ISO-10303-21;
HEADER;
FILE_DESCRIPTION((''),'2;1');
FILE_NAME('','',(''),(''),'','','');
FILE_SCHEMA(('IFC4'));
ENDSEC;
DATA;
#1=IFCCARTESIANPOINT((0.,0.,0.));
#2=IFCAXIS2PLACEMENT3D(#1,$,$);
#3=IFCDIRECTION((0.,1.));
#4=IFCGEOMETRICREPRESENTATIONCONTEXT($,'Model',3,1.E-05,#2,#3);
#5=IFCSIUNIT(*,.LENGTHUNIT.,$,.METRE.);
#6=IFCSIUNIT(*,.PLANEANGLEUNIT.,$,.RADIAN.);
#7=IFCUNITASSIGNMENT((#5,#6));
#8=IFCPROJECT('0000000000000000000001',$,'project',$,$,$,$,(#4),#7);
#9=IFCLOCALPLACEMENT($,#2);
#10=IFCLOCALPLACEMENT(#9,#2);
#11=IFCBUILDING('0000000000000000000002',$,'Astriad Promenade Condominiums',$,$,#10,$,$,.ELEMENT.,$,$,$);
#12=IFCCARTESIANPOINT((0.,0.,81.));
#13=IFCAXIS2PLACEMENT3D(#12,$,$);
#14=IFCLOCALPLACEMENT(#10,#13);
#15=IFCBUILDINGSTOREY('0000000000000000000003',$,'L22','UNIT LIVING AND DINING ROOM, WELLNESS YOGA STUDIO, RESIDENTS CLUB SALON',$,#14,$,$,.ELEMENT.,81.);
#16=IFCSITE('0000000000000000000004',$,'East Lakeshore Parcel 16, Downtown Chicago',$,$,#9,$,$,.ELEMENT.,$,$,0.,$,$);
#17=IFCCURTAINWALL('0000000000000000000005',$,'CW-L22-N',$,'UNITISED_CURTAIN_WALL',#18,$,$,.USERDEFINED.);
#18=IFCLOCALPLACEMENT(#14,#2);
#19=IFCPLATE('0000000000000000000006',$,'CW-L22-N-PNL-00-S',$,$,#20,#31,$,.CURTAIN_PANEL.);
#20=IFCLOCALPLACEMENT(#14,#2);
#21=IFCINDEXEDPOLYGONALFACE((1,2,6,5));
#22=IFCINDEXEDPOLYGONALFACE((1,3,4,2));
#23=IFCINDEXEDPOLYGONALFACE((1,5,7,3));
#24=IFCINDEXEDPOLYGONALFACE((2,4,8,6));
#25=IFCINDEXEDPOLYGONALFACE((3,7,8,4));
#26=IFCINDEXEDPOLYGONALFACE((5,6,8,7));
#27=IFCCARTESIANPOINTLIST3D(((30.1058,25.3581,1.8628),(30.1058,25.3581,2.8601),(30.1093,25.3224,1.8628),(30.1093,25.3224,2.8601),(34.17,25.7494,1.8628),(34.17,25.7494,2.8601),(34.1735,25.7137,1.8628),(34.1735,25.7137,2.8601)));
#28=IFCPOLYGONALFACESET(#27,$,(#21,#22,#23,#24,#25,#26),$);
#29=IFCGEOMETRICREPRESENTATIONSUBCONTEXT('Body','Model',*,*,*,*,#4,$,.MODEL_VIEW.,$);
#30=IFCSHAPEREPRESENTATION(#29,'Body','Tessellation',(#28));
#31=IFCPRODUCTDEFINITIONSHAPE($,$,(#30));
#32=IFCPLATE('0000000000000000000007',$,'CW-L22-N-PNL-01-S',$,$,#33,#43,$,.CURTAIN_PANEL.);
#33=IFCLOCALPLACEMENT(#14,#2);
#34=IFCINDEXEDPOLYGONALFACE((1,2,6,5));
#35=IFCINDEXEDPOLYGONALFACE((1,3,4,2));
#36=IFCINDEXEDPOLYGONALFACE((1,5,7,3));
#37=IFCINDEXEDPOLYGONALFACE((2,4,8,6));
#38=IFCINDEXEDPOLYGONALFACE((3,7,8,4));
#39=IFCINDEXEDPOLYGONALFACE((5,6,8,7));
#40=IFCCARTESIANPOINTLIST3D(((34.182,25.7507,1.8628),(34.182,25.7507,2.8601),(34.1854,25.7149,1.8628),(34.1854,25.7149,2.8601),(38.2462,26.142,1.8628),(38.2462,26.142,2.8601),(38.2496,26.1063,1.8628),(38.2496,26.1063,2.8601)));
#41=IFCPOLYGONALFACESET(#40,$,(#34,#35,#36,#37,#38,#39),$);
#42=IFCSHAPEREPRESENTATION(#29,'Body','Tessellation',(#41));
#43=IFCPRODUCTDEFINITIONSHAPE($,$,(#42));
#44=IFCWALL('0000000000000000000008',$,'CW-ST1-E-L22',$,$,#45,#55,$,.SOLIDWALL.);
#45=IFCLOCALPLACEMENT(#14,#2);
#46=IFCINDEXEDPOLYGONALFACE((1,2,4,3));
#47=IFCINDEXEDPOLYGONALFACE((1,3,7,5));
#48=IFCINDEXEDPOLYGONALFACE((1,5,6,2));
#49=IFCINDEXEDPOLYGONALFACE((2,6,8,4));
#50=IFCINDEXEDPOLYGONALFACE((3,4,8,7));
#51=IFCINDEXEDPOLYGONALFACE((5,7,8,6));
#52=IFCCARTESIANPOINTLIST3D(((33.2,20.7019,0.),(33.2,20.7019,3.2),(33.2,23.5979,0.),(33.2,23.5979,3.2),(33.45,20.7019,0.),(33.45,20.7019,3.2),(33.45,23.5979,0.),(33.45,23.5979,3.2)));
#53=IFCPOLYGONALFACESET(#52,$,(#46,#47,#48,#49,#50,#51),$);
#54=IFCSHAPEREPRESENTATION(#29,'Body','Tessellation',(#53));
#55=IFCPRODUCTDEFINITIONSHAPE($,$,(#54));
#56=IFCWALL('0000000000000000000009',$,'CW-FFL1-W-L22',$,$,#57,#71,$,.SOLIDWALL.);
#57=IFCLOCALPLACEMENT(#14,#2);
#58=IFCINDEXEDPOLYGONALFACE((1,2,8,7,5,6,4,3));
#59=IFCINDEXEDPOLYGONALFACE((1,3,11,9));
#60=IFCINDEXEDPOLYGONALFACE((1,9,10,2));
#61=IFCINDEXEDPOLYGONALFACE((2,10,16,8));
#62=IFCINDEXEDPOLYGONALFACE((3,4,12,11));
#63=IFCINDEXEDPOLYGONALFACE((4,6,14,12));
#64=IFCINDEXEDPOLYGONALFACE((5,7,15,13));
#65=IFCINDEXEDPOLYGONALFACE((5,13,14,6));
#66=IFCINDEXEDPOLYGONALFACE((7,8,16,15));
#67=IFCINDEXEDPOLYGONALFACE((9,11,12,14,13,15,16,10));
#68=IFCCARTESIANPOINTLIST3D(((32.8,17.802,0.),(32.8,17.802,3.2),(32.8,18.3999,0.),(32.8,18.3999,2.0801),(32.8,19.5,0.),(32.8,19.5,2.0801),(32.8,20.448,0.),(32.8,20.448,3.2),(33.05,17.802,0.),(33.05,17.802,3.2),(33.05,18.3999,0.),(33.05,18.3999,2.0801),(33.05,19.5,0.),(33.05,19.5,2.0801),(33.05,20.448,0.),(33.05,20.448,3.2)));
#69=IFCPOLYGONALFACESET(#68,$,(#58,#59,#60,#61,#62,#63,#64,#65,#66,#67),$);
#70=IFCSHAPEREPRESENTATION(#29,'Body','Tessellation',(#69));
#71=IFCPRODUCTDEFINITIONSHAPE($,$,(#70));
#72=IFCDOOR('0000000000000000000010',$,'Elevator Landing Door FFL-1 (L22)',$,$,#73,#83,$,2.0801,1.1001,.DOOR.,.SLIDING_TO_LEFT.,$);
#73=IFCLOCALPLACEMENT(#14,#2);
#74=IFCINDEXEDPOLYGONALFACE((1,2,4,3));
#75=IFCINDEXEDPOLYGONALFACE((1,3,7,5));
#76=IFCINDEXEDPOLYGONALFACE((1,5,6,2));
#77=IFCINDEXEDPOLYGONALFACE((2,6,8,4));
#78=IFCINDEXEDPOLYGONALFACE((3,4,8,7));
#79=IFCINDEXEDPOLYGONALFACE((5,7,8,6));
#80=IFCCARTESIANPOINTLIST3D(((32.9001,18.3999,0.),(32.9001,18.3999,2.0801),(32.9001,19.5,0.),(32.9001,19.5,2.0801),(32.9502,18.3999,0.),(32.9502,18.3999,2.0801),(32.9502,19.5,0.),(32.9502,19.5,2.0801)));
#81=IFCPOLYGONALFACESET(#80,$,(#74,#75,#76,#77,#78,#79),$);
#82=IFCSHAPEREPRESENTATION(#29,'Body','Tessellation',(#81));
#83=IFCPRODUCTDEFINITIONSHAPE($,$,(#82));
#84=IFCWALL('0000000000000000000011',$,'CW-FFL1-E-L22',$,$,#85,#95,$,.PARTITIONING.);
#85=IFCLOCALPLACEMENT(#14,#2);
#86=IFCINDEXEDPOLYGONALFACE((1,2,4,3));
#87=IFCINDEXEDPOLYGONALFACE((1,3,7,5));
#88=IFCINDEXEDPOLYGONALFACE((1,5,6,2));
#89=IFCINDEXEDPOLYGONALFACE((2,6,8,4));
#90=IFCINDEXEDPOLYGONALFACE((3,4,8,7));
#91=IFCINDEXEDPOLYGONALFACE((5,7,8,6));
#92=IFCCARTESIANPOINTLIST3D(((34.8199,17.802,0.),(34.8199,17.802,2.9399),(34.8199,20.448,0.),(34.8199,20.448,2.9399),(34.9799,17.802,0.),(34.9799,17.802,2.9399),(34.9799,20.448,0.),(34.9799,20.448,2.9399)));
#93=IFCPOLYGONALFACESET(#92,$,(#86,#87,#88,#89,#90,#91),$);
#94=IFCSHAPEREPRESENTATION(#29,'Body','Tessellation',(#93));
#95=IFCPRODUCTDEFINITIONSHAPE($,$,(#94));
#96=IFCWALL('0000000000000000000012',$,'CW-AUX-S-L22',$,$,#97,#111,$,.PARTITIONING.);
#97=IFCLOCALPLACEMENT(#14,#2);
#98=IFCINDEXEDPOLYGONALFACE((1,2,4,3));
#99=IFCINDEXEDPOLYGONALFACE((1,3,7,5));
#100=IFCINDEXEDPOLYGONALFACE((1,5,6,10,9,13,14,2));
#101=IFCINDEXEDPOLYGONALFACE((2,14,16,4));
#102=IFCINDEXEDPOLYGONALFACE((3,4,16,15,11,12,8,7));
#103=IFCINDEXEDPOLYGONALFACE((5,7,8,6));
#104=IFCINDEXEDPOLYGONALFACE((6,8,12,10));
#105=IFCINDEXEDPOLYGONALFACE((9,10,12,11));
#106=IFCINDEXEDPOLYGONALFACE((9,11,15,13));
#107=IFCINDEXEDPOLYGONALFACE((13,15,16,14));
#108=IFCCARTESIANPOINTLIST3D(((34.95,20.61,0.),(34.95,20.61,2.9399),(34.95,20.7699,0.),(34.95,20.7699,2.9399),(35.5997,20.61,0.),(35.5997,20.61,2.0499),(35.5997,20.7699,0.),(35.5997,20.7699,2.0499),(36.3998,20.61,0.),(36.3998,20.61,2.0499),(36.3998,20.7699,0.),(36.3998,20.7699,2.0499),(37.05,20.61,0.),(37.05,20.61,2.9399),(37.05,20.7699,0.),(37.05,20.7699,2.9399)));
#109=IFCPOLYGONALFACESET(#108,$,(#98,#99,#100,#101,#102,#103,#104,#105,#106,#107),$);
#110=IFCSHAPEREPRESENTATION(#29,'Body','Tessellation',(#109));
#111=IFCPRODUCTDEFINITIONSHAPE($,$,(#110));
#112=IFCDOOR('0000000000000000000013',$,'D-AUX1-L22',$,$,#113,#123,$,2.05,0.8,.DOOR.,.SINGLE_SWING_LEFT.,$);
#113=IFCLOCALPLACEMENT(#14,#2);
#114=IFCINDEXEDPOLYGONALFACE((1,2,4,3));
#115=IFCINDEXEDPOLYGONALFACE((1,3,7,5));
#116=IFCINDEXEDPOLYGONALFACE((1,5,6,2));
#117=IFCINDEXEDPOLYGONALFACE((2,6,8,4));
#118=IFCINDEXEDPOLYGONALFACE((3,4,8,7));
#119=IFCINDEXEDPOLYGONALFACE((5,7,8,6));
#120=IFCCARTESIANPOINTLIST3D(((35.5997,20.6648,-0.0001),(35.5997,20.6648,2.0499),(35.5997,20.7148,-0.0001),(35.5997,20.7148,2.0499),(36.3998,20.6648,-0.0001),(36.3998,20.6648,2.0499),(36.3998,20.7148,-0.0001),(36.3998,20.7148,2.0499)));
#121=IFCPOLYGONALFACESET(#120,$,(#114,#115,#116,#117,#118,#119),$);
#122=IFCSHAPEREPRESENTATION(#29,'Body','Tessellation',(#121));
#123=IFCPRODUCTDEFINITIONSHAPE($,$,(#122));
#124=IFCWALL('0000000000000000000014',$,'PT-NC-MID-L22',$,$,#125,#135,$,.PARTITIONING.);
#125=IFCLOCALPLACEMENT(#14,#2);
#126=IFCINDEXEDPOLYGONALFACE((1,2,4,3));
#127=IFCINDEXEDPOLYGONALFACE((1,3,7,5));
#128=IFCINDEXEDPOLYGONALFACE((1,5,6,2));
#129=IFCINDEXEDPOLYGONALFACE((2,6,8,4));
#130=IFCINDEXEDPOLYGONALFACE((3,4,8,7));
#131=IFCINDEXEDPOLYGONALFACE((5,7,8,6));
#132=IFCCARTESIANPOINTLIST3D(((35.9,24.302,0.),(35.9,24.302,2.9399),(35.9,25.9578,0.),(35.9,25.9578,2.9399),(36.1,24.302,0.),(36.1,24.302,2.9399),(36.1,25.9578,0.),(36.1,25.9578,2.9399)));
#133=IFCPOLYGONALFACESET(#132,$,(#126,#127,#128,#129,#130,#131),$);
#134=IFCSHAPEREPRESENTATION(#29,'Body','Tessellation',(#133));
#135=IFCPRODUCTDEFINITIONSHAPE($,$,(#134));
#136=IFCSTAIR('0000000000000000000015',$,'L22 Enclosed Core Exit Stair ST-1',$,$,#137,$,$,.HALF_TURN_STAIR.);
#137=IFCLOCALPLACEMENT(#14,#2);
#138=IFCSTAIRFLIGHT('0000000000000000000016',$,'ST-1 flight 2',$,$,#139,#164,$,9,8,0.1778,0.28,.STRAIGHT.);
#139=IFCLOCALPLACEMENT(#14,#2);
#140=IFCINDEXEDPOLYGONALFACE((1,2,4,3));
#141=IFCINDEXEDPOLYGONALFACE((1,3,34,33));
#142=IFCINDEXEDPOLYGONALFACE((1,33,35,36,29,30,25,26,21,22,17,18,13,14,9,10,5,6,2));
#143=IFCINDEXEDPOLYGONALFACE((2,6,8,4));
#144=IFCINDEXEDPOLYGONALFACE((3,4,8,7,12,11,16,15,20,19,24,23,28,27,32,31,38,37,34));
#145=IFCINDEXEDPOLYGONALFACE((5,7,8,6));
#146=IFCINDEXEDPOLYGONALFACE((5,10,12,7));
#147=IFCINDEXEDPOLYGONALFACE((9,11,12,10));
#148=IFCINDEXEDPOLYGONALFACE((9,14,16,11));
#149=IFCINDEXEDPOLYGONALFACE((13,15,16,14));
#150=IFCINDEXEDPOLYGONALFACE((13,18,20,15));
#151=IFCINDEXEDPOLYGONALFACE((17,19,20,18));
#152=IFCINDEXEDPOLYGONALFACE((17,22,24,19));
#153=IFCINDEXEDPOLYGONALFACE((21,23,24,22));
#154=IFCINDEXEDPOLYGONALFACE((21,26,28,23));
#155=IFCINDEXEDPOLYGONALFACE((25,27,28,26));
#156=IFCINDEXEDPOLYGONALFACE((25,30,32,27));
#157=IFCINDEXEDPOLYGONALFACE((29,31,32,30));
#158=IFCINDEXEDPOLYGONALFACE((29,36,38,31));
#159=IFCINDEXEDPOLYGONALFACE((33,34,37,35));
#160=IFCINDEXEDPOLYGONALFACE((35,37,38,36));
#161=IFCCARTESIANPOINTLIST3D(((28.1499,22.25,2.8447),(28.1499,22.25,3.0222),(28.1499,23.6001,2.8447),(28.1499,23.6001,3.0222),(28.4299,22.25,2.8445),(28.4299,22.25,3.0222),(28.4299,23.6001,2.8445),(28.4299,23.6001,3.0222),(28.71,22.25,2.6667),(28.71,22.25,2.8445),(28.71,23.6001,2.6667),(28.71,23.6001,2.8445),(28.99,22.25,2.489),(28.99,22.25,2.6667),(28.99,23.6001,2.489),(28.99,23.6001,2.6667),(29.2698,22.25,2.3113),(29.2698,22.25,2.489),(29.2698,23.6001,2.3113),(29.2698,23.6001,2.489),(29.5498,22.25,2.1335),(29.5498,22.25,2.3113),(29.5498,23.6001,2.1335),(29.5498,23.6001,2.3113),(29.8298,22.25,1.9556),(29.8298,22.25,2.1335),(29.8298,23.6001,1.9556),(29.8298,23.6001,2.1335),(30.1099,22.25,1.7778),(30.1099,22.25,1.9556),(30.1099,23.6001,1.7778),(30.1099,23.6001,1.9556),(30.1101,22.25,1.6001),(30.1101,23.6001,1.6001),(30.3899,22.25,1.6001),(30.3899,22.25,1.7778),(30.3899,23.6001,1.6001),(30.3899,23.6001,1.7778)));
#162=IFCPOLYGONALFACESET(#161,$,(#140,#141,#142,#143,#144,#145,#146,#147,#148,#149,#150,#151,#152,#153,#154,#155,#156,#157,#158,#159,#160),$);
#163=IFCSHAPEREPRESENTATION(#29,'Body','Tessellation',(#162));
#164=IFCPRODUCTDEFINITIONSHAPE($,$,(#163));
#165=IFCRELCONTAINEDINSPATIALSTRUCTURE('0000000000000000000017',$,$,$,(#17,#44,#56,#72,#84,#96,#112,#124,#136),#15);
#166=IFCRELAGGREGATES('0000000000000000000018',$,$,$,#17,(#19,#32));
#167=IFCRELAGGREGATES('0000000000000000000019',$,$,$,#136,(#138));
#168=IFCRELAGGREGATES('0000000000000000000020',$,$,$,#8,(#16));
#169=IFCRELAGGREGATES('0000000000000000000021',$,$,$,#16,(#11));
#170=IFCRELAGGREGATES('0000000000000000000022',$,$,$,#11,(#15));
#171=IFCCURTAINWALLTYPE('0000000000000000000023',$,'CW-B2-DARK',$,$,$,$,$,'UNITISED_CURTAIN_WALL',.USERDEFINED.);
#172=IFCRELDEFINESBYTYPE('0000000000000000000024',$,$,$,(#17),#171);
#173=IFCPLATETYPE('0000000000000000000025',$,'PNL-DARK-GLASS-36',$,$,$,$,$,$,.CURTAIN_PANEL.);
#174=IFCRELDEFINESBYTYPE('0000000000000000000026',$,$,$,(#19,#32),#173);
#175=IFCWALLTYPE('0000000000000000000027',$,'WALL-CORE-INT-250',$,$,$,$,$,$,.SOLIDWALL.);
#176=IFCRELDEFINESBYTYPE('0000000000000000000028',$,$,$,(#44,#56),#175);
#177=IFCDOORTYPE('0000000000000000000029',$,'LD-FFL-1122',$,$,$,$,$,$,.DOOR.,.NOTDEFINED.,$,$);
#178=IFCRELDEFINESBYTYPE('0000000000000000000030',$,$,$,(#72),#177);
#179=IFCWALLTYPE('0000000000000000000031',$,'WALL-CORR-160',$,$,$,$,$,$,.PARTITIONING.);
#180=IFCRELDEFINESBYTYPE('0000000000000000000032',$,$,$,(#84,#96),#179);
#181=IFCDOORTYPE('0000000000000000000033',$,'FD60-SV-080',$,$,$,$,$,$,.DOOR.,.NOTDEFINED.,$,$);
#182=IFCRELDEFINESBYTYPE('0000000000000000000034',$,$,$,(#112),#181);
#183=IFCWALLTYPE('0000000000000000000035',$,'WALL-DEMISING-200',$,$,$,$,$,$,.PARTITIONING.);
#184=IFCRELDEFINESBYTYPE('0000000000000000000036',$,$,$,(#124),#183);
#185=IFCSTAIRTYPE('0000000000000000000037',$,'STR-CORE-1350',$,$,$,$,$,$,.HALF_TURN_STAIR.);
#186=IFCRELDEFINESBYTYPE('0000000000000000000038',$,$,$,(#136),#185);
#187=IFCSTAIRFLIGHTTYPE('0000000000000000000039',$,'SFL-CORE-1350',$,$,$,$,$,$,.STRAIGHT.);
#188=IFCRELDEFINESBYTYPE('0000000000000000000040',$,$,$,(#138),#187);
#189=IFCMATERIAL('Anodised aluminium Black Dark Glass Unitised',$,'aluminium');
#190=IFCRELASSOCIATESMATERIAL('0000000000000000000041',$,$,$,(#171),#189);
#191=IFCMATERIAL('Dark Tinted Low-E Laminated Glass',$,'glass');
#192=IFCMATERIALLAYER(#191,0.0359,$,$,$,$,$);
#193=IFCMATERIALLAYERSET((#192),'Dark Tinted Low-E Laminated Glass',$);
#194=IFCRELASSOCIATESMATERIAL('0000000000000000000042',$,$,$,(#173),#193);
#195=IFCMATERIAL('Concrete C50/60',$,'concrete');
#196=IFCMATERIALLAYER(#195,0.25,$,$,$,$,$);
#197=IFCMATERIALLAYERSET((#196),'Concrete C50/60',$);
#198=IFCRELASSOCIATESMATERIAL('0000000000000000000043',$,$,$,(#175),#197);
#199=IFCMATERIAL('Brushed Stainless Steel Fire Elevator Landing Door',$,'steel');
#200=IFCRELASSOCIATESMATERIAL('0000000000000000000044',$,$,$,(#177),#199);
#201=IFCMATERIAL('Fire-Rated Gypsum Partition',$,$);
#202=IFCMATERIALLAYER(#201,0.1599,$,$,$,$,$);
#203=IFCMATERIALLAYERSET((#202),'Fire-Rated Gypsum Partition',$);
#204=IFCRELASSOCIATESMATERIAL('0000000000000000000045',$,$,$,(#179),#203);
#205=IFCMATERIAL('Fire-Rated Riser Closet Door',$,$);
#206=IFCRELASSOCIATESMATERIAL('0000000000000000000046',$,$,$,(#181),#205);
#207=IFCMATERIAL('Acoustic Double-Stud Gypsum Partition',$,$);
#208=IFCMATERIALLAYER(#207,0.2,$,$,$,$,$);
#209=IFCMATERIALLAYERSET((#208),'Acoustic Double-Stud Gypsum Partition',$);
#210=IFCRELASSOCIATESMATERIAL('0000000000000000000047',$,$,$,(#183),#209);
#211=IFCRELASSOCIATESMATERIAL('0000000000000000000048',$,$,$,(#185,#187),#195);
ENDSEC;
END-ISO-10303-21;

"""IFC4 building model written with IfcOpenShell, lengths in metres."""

from ifc_helpers import new_model, si_unit, direction, frame, frame_2d, origin, origin_2d, place, context, subcontext, project, spatial, polyline, rectangle, outline, extrude, source, transform, mapped, material, layer, layer_set, type_object, type_shapes, element, fill, aggregate, save


model = new_model("IFC4")

# Units and contexts
model_context = context("Model", 3, precision=1e-05, world=origin(), true_north=direction((0.0, 1.0)))
body_context = subcontext(model_context, "Body", "Model", "MODEL_VIEW")
ifc_project = project(units=[si_unit("LENGTHUNIT", "METRE"), si_unit("PLANEANGLEUNIT", "RADIAN")], contexts=[model_context])

# Site, building, storey
site_placement = place(None, origin())
site = spatial("IfcSite", under=ifc_project, at=site_placement, Name="East Lakeshore Parcel 16, Downtown Chicago", CompositionType="ELEMENT", RefElevation=0.0)
building_placement = place(site_placement, origin())
building = spatial("IfcBuilding", under=site, at=building_placement, Name="Astriad Promenade Condominiums", CompositionType="ELEMENT")
storey_placement = place(building_placement, frame((0.0, 0.0, 81.0)))
storey = spatial("IfcBuildingStorey", under=building, at=storey_placement, Name="L22", Description="UNIT LIVING AND DINING ROOM, WELLNESS YOGA STUDIO, RESIDENTS CLUB SALON", CompositionType="ELEMENT", Elevation=81.0)

# Curtain wall, plates
ifc_material_1 = material(Name="Anodised aluminium Black Dark Glass Unitised", Category="aluminium")
curtain_wall_type = type_object("IfcCurtainWallType", Name="CW-B2-DARK", ElementType="UNITISED_CURTAIN_WALL", PredefinedType="USERDEFINED", material=ifc_material_1)
curtain_wall_placement = place(storey_placement, origin())
curtain_wall = element("IfcCurtainWall", 1, at=curtain_wall_placement, inside=storey, type_object=curtain_wall_type, Name="CW-L22-N", ObjectType="UNITISED_CURTAIN_WALL", PredefinedType="USERDEFINED")
ifc_material_2 = material(Name="Dark Tinted Low-E Laminated Glass", Category="glass")
ifc_layer_1 = layer(ifc_material_2, 0.0359)
ifc_layer_set_1 = layer_set([ifc_layer_1], Name="Dark Tinted Low-E Laminated Glass")
plate_type = type_object("IfcPlateType", Name="PNL-DARK-GLASS-36", PredefinedType="CURTAIN_PANEL", material=ifc_layer_set_1)
shared_shape_1 = source(origin(), body_context, "Body", "SweptSolid", [
    extrude(rectangle(XDim=4.083, YDim=0.0359, at=origin_2d()), origin(), (0.0, 0.0, 1.0), 0.9973),
])
plate_1_placement = place(storey_placement, frame((32.1396, 25.5359, 1.8628), z_axis=(0.0, 0.0, 1.0), x_axis=(0.995396, 0.095846, 0.0)))
plate_1 = element("IfcPlate", 2, at=plate_1_placement, type_object=plate_type, Name="CW-L22-N-PNL-00-S", PredefinedType="CURTAIN_PANEL", context=body_context, shape_type="MappedRepresentation", body=[
    mapped(shared_shape_1, transform((0.0, 0.0, 0.0), scale=1.0)),
])
plate_2_placement = place(storey_placement, frame((36.2158, 25.9285, 1.8628), z_axis=(0.0, 0.0, 1.0), x_axis=(0.995396, 0.095846, 0.0)))
plate_2 = element("IfcPlate", 3, at=plate_2_placement, type_object=plate_type, Name="CW-L22-N-PNL-01-S", PredefinedType="CURTAIN_PANEL", context=body_context, shape_type="MappedRepresentation", body=[
    mapped(shared_shape_1, transform((0.0, 0.0, 0.0), scale=1.0)),
])
aggregate(curtain_wall, [plate_1, plate_2])

# Wall
ifc_material_3 = material(Name="Concrete C50/60", Category="concrete")
ifc_layer_2 = layer(ifc_material_3, 0.25)
ifc_layer_set_2 = layer_set([ifc_layer_2], Name="Concrete C50/60")
wall_type_1 = type_object("IfcWallType", Name="WALL-CORE-INT-250", PredefinedType="SOLIDWALL", material=ifc_layer_set_2)
wall_1_placement = place(storey_placement, frame((33.325, 20.7019, 0.0), z_axis=(0.0, 0.0, 1.0), x_axis=(0.0, 1.0, 0.0)))
element("IfcWall", 4, at=wall_1_placement, inside=storey, type_object=wall_type_1, Name="CW-ST1-E-L22", PredefinedType="SOLIDWALL", context=body_context, shape_type="SweptSolid", body=[
    extrude(rectangle(XDim=2.896, YDim=0.25, at=frame_2d((1.448, 0.0))), origin(), (0.0, 0.0, 1.0), 3.2),
])

# Wall, opening, door
wall_2_placement = place(storey_placement, frame((32.925, 17.802, 0.0), z_axis=(0.0, 0.0, 1.0), x_axis=(0.0, 1.0, 0.0)))
wall_2 = element("IfcWall", 5, at=wall_2_placement, inside=storey, type_object=wall_type_1, Name="CW-FFL1-W-L22", PredefinedType="SOLIDWALL", context=body_context, shape_type="SweptSolid", body=[
    extrude(rectangle(XDim=2.646, YDim=0.25, at=frame_2d((1.323, 0.0))), origin(), (0.0, 0.0, 1.0), 3.2),
])
opening_1_placement = place(wall_2_placement, frame((0.5979, 0.0, 0.0)))
opening_1 = element("IfcOpeningElement", 6, at=opening_1_placement, cuts=wall_2, PredefinedType="OPENING", context=body_context, shape_type="SweptSolid", body=[
    extrude(rectangle(XDim=1.1001, YDim=2.0801, at=frame_2d((0.55, 1.04))), frame((0.0, 0.135, 0.0), z_axis=(0.0, -1.0, 0.0), x_axis=(1.0, 0.0, 0.0)), (0.0, 0.0, 1.0), 0.27),
])
ifc_material_4 = material(Name="Brushed Stainless Steel Fire Elevator Landing Door", Category="steel")
door_type_1 = type_object("IfcDoorType", Name="LD-FFL-1122", OperationType="NOTDEFINED", PredefinedType="DOOR", material=ifc_material_4)
shared_shape_2 = source(origin(), body_context, "Body", "SweptSolid", [
    extrude(rectangle(XDim=1.1001, YDim=2.0801, at=frame_2d((0.55, 1.04))), frame((0.0, 0.0249, 0.0), z_axis=(0.0, -1.0, 0.0), x_axis=(1.0, 0.0, 0.0)), (0.0, 0.0, 1.0), 0.05),
])
type_shapes(door_type_1, [shared_shape_2])
door_1_placement = place(opening_1_placement, origin())
door_1 = element("IfcDoor", 7, at=door_1_placement, inside=storey, type_object=door_type_1, Name="Elevator Landing Door FFL-1 (L22)", OperationType="SLIDING_TO_LEFT", OverallHeight=2.0801, OverallWidth=1.1001, PredefinedType="DOOR", context=body_context, shape_type="MappedRepresentation", body=[
    mapped(shared_shape_2, transform((0.0, 0.0, 0.0), scale=1.0)),
])
fill(opening_1, door_1)

# Wall
ifc_material_5 = material(Name="Fire-Rated Gypsum Partition")
ifc_layer_3 = layer(ifc_material_5, 0.1599)
ifc_layer_set_3 = layer_set([ifc_layer_3], Name="Fire-Rated Gypsum Partition")
wall_type_2 = type_object("IfcWallType", Name="WALL-CORR-160", PredefinedType="PARTITIONING", material=ifc_layer_set_3)
wall_3_placement = place(storey_placement, frame((34.8999, 17.802, 0.0), z_axis=(0.0, 0.0, 1.0), x_axis=(0.0, 1.0, 0.0)))
element("IfcWall", 8, at=wall_3_placement, inside=storey, type_object=wall_type_2, Name="CW-FFL1-E-L22", PredefinedType="PARTITIONING", context=body_context, shape_type="SweptSolid", body=[
    extrude(rectangle(XDim=2.646, YDim=0.1599, at=frame_2d((1.323, 0.0))), origin(), (0.0, 0.0, 1.0), 2.9399),
])

# Wall, opening, door
wall_4_placement = place(storey_placement, frame((34.95, 20.6899, 0.0), z_axis=(0.0, 0.0, 1.0), x_axis=(1.0, 0.0, 0.0)))
wall_4 = element("IfcWall", 9, at=wall_4_placement, inside=storey, type_object=wall_type_2, Name="CW-AUX-S-L22", PredefinedType="PARTITIONING", context=body_context, shape_type="SweptSolid", body=[
    extrude(rectangle(XDim=2.1001, YDim=0.1599, at=frame_2d((1.05, 0.0))), origin(), (0.0, 0.0, 1.0), 2.9399),
])
opening_2_placement = place(wall_4_placement, frame((0.6499, 0.0, 0.0)))
opening_2 = element("IfcOpeningElement", 10, at=opening_2_placement, cuts=wall_4, PredefinedType="OPENING", context=body_context, shape_type="SweptSolid", body=[
    extrude(rectangle(XDim=0.8, YDim=2.05, at=frame_2d((0.3999, 1.0249))), frame((0.0, 0.0898, 0.0), z_axis=(0.0, -1.0, 0.0), x_axis=(1.0, 0.0, 0.0)), (0.0, 0.0, 1.0), 0.1799),
])
ifc_material_6 = material(Name="Fire-Rated Riser Closet Door")
door_type_2 = type_object("IfcDoorType", Name="FD60-SV-080", OperationType="NOTDEFINED", PredefinedType="DOOR", material=ifc_material_6)
shared_shape_3 = source(origin(), body_context, "Body", "SweptSolid", [
    extrude(rectangle(XDim=0.8, YDim=2.05, at=frame_2d((0.3999, 1.0249))), frame((0.0, 0.0249, 0.0), z_axis=(0.0, -1.0, 0.0), x_axis=(1.0, 0.0, 0.0)), (0.0, 0.0, 1.0), 0.05),
])
type_shapes(door_type_2, [shared_shape_3])
door_2_placement = place(opening_2_placement, origin())
door_2 = element("IfcDoor", 11, at=door_2_placement, inside=storey, type_object=door_type_2, Name="D-AUX1-L22", OperationType="SINGLE_SWING_LEFT", OverallHeight=2.05, OverallWidth=0.8, PredefinedType="DOOR", context=body_context, shape_type="MappedRepresentation", body=[
    mapped(shared_shape_3, transform((0.0, 0.0, 0.0), scale=1.0)),
])
fill(opening_2, door_2)

# Wall
ifc_material_7 = material(Name="Acoustic Double-Stud Gypsum Partition")
ifc_layer_4 = layer(ifc_material_7, 0.2)
ifc_layer_set_4 = layer_set([ifc_layer_4], Name="Acoustic Double-Stud Gypsum Partition")
wall_type_3 = type_object("IfcWallType", Name="WALL-DEMISING-200", PredefinedType="PARTITIONING", material=ifc_layer_set_4)
wall_5_placement = place(storey_placement, frame((36.0, 24.302, 0.0), z_axis=(0.0, 0.0, 1.0), x_axis=(0.0, 1.0, 0.0)))
element("IfcWall", 12, at=wall_5_placement, inside=storey, type_object=wall_type_3, Name="PT-NC-MID-L22", PredefinedType="PARTITIONING", context=body_context, shape_type="SweptSolid", body=[
    extrude(rectangle(XDim=1.6558, YDim=0.2, at=frame_2d((0.8279, 0.0))), origin(), (0.0, 0.0, 1.0), 2.9399),
])

# Stair, stair flight
stair_type = type_object("IfcStairType", Name="STR-CORE-1350", PredefinedType="HALF_TURN_STAIR", material=ifc_material_3)
stair_placement = place(storey_placement, origin())
stair = element("IfcStair", 13, at=stair_placement, inside=storey, type_object=stair_type, Name="L22 Enclosed Core Exit Stair ST-1", PredefinedType="HALF_TURN_STAIR")
stair_flight_type = type_object("IfcStairFlightType", Name="SFL-CORE-1350", PredefinedType="STRAIGHT", material=ifc_material_3)
shared_shape_4 = source(origin(), body_context, "Body", "SweptSolid", [
    extrude(outline(polyline([(0.0, 0.0), (0.0, 0.1777), (0.28, 0.1777), (0.28, 0.3555), (0.5601, 0.3555), (0.5601, 0.5334), (0.8401, 0.5334), (0.8401, 0.7112), (1.1201, 0.7112), (1.1201, 0.8889), (1.3999, 0.8889), (1.3999, 1.0667), (1.6799, 1.0667), (1.6799, 1.2444), (1.96, 1.2444), (1.96, 1.4221), (2.24, 1.4221), (2.24, 1.6001), (2.24, 1.2446), (0.2798, 0.0), (0.0, 0.0)])), frame((0.0, 0.675, 0.0), z_axis=(0.0, -1.0, 0.0), x_axis=(1.0, 0.0, 0.0)), (0.0, 0.0, 1.0), 1.3501),
])
type_shapes(stair_flight_type, [shared_shape_4])
stair_flight_placement = place(storey_placement, frame((30.3899, 22.925, 1.6001), z_axis=(0.0, 0.0, 1.0), x_axis=(-1.0, 0.0, 0.0)))
stair_flight = element("IfcStairFlight", 14, at=stair_flight_placement, type_object=stair_flight_type, Name="ST-1 flight 2", NumberOfRisers=9, NumberOfTreads=8, PredefinedType="STRAIGHT", RiserHeight=0.1778, TreadLength=0.28, context=body_context, shape_type="MappedRepresentation", body=[
    mapped(shared_shape_4, transform((0.0, 0.0, 0.0), scale=1.0)),
])
aggregate(stair, [stair_flight])

save(model, "model.ifc")
